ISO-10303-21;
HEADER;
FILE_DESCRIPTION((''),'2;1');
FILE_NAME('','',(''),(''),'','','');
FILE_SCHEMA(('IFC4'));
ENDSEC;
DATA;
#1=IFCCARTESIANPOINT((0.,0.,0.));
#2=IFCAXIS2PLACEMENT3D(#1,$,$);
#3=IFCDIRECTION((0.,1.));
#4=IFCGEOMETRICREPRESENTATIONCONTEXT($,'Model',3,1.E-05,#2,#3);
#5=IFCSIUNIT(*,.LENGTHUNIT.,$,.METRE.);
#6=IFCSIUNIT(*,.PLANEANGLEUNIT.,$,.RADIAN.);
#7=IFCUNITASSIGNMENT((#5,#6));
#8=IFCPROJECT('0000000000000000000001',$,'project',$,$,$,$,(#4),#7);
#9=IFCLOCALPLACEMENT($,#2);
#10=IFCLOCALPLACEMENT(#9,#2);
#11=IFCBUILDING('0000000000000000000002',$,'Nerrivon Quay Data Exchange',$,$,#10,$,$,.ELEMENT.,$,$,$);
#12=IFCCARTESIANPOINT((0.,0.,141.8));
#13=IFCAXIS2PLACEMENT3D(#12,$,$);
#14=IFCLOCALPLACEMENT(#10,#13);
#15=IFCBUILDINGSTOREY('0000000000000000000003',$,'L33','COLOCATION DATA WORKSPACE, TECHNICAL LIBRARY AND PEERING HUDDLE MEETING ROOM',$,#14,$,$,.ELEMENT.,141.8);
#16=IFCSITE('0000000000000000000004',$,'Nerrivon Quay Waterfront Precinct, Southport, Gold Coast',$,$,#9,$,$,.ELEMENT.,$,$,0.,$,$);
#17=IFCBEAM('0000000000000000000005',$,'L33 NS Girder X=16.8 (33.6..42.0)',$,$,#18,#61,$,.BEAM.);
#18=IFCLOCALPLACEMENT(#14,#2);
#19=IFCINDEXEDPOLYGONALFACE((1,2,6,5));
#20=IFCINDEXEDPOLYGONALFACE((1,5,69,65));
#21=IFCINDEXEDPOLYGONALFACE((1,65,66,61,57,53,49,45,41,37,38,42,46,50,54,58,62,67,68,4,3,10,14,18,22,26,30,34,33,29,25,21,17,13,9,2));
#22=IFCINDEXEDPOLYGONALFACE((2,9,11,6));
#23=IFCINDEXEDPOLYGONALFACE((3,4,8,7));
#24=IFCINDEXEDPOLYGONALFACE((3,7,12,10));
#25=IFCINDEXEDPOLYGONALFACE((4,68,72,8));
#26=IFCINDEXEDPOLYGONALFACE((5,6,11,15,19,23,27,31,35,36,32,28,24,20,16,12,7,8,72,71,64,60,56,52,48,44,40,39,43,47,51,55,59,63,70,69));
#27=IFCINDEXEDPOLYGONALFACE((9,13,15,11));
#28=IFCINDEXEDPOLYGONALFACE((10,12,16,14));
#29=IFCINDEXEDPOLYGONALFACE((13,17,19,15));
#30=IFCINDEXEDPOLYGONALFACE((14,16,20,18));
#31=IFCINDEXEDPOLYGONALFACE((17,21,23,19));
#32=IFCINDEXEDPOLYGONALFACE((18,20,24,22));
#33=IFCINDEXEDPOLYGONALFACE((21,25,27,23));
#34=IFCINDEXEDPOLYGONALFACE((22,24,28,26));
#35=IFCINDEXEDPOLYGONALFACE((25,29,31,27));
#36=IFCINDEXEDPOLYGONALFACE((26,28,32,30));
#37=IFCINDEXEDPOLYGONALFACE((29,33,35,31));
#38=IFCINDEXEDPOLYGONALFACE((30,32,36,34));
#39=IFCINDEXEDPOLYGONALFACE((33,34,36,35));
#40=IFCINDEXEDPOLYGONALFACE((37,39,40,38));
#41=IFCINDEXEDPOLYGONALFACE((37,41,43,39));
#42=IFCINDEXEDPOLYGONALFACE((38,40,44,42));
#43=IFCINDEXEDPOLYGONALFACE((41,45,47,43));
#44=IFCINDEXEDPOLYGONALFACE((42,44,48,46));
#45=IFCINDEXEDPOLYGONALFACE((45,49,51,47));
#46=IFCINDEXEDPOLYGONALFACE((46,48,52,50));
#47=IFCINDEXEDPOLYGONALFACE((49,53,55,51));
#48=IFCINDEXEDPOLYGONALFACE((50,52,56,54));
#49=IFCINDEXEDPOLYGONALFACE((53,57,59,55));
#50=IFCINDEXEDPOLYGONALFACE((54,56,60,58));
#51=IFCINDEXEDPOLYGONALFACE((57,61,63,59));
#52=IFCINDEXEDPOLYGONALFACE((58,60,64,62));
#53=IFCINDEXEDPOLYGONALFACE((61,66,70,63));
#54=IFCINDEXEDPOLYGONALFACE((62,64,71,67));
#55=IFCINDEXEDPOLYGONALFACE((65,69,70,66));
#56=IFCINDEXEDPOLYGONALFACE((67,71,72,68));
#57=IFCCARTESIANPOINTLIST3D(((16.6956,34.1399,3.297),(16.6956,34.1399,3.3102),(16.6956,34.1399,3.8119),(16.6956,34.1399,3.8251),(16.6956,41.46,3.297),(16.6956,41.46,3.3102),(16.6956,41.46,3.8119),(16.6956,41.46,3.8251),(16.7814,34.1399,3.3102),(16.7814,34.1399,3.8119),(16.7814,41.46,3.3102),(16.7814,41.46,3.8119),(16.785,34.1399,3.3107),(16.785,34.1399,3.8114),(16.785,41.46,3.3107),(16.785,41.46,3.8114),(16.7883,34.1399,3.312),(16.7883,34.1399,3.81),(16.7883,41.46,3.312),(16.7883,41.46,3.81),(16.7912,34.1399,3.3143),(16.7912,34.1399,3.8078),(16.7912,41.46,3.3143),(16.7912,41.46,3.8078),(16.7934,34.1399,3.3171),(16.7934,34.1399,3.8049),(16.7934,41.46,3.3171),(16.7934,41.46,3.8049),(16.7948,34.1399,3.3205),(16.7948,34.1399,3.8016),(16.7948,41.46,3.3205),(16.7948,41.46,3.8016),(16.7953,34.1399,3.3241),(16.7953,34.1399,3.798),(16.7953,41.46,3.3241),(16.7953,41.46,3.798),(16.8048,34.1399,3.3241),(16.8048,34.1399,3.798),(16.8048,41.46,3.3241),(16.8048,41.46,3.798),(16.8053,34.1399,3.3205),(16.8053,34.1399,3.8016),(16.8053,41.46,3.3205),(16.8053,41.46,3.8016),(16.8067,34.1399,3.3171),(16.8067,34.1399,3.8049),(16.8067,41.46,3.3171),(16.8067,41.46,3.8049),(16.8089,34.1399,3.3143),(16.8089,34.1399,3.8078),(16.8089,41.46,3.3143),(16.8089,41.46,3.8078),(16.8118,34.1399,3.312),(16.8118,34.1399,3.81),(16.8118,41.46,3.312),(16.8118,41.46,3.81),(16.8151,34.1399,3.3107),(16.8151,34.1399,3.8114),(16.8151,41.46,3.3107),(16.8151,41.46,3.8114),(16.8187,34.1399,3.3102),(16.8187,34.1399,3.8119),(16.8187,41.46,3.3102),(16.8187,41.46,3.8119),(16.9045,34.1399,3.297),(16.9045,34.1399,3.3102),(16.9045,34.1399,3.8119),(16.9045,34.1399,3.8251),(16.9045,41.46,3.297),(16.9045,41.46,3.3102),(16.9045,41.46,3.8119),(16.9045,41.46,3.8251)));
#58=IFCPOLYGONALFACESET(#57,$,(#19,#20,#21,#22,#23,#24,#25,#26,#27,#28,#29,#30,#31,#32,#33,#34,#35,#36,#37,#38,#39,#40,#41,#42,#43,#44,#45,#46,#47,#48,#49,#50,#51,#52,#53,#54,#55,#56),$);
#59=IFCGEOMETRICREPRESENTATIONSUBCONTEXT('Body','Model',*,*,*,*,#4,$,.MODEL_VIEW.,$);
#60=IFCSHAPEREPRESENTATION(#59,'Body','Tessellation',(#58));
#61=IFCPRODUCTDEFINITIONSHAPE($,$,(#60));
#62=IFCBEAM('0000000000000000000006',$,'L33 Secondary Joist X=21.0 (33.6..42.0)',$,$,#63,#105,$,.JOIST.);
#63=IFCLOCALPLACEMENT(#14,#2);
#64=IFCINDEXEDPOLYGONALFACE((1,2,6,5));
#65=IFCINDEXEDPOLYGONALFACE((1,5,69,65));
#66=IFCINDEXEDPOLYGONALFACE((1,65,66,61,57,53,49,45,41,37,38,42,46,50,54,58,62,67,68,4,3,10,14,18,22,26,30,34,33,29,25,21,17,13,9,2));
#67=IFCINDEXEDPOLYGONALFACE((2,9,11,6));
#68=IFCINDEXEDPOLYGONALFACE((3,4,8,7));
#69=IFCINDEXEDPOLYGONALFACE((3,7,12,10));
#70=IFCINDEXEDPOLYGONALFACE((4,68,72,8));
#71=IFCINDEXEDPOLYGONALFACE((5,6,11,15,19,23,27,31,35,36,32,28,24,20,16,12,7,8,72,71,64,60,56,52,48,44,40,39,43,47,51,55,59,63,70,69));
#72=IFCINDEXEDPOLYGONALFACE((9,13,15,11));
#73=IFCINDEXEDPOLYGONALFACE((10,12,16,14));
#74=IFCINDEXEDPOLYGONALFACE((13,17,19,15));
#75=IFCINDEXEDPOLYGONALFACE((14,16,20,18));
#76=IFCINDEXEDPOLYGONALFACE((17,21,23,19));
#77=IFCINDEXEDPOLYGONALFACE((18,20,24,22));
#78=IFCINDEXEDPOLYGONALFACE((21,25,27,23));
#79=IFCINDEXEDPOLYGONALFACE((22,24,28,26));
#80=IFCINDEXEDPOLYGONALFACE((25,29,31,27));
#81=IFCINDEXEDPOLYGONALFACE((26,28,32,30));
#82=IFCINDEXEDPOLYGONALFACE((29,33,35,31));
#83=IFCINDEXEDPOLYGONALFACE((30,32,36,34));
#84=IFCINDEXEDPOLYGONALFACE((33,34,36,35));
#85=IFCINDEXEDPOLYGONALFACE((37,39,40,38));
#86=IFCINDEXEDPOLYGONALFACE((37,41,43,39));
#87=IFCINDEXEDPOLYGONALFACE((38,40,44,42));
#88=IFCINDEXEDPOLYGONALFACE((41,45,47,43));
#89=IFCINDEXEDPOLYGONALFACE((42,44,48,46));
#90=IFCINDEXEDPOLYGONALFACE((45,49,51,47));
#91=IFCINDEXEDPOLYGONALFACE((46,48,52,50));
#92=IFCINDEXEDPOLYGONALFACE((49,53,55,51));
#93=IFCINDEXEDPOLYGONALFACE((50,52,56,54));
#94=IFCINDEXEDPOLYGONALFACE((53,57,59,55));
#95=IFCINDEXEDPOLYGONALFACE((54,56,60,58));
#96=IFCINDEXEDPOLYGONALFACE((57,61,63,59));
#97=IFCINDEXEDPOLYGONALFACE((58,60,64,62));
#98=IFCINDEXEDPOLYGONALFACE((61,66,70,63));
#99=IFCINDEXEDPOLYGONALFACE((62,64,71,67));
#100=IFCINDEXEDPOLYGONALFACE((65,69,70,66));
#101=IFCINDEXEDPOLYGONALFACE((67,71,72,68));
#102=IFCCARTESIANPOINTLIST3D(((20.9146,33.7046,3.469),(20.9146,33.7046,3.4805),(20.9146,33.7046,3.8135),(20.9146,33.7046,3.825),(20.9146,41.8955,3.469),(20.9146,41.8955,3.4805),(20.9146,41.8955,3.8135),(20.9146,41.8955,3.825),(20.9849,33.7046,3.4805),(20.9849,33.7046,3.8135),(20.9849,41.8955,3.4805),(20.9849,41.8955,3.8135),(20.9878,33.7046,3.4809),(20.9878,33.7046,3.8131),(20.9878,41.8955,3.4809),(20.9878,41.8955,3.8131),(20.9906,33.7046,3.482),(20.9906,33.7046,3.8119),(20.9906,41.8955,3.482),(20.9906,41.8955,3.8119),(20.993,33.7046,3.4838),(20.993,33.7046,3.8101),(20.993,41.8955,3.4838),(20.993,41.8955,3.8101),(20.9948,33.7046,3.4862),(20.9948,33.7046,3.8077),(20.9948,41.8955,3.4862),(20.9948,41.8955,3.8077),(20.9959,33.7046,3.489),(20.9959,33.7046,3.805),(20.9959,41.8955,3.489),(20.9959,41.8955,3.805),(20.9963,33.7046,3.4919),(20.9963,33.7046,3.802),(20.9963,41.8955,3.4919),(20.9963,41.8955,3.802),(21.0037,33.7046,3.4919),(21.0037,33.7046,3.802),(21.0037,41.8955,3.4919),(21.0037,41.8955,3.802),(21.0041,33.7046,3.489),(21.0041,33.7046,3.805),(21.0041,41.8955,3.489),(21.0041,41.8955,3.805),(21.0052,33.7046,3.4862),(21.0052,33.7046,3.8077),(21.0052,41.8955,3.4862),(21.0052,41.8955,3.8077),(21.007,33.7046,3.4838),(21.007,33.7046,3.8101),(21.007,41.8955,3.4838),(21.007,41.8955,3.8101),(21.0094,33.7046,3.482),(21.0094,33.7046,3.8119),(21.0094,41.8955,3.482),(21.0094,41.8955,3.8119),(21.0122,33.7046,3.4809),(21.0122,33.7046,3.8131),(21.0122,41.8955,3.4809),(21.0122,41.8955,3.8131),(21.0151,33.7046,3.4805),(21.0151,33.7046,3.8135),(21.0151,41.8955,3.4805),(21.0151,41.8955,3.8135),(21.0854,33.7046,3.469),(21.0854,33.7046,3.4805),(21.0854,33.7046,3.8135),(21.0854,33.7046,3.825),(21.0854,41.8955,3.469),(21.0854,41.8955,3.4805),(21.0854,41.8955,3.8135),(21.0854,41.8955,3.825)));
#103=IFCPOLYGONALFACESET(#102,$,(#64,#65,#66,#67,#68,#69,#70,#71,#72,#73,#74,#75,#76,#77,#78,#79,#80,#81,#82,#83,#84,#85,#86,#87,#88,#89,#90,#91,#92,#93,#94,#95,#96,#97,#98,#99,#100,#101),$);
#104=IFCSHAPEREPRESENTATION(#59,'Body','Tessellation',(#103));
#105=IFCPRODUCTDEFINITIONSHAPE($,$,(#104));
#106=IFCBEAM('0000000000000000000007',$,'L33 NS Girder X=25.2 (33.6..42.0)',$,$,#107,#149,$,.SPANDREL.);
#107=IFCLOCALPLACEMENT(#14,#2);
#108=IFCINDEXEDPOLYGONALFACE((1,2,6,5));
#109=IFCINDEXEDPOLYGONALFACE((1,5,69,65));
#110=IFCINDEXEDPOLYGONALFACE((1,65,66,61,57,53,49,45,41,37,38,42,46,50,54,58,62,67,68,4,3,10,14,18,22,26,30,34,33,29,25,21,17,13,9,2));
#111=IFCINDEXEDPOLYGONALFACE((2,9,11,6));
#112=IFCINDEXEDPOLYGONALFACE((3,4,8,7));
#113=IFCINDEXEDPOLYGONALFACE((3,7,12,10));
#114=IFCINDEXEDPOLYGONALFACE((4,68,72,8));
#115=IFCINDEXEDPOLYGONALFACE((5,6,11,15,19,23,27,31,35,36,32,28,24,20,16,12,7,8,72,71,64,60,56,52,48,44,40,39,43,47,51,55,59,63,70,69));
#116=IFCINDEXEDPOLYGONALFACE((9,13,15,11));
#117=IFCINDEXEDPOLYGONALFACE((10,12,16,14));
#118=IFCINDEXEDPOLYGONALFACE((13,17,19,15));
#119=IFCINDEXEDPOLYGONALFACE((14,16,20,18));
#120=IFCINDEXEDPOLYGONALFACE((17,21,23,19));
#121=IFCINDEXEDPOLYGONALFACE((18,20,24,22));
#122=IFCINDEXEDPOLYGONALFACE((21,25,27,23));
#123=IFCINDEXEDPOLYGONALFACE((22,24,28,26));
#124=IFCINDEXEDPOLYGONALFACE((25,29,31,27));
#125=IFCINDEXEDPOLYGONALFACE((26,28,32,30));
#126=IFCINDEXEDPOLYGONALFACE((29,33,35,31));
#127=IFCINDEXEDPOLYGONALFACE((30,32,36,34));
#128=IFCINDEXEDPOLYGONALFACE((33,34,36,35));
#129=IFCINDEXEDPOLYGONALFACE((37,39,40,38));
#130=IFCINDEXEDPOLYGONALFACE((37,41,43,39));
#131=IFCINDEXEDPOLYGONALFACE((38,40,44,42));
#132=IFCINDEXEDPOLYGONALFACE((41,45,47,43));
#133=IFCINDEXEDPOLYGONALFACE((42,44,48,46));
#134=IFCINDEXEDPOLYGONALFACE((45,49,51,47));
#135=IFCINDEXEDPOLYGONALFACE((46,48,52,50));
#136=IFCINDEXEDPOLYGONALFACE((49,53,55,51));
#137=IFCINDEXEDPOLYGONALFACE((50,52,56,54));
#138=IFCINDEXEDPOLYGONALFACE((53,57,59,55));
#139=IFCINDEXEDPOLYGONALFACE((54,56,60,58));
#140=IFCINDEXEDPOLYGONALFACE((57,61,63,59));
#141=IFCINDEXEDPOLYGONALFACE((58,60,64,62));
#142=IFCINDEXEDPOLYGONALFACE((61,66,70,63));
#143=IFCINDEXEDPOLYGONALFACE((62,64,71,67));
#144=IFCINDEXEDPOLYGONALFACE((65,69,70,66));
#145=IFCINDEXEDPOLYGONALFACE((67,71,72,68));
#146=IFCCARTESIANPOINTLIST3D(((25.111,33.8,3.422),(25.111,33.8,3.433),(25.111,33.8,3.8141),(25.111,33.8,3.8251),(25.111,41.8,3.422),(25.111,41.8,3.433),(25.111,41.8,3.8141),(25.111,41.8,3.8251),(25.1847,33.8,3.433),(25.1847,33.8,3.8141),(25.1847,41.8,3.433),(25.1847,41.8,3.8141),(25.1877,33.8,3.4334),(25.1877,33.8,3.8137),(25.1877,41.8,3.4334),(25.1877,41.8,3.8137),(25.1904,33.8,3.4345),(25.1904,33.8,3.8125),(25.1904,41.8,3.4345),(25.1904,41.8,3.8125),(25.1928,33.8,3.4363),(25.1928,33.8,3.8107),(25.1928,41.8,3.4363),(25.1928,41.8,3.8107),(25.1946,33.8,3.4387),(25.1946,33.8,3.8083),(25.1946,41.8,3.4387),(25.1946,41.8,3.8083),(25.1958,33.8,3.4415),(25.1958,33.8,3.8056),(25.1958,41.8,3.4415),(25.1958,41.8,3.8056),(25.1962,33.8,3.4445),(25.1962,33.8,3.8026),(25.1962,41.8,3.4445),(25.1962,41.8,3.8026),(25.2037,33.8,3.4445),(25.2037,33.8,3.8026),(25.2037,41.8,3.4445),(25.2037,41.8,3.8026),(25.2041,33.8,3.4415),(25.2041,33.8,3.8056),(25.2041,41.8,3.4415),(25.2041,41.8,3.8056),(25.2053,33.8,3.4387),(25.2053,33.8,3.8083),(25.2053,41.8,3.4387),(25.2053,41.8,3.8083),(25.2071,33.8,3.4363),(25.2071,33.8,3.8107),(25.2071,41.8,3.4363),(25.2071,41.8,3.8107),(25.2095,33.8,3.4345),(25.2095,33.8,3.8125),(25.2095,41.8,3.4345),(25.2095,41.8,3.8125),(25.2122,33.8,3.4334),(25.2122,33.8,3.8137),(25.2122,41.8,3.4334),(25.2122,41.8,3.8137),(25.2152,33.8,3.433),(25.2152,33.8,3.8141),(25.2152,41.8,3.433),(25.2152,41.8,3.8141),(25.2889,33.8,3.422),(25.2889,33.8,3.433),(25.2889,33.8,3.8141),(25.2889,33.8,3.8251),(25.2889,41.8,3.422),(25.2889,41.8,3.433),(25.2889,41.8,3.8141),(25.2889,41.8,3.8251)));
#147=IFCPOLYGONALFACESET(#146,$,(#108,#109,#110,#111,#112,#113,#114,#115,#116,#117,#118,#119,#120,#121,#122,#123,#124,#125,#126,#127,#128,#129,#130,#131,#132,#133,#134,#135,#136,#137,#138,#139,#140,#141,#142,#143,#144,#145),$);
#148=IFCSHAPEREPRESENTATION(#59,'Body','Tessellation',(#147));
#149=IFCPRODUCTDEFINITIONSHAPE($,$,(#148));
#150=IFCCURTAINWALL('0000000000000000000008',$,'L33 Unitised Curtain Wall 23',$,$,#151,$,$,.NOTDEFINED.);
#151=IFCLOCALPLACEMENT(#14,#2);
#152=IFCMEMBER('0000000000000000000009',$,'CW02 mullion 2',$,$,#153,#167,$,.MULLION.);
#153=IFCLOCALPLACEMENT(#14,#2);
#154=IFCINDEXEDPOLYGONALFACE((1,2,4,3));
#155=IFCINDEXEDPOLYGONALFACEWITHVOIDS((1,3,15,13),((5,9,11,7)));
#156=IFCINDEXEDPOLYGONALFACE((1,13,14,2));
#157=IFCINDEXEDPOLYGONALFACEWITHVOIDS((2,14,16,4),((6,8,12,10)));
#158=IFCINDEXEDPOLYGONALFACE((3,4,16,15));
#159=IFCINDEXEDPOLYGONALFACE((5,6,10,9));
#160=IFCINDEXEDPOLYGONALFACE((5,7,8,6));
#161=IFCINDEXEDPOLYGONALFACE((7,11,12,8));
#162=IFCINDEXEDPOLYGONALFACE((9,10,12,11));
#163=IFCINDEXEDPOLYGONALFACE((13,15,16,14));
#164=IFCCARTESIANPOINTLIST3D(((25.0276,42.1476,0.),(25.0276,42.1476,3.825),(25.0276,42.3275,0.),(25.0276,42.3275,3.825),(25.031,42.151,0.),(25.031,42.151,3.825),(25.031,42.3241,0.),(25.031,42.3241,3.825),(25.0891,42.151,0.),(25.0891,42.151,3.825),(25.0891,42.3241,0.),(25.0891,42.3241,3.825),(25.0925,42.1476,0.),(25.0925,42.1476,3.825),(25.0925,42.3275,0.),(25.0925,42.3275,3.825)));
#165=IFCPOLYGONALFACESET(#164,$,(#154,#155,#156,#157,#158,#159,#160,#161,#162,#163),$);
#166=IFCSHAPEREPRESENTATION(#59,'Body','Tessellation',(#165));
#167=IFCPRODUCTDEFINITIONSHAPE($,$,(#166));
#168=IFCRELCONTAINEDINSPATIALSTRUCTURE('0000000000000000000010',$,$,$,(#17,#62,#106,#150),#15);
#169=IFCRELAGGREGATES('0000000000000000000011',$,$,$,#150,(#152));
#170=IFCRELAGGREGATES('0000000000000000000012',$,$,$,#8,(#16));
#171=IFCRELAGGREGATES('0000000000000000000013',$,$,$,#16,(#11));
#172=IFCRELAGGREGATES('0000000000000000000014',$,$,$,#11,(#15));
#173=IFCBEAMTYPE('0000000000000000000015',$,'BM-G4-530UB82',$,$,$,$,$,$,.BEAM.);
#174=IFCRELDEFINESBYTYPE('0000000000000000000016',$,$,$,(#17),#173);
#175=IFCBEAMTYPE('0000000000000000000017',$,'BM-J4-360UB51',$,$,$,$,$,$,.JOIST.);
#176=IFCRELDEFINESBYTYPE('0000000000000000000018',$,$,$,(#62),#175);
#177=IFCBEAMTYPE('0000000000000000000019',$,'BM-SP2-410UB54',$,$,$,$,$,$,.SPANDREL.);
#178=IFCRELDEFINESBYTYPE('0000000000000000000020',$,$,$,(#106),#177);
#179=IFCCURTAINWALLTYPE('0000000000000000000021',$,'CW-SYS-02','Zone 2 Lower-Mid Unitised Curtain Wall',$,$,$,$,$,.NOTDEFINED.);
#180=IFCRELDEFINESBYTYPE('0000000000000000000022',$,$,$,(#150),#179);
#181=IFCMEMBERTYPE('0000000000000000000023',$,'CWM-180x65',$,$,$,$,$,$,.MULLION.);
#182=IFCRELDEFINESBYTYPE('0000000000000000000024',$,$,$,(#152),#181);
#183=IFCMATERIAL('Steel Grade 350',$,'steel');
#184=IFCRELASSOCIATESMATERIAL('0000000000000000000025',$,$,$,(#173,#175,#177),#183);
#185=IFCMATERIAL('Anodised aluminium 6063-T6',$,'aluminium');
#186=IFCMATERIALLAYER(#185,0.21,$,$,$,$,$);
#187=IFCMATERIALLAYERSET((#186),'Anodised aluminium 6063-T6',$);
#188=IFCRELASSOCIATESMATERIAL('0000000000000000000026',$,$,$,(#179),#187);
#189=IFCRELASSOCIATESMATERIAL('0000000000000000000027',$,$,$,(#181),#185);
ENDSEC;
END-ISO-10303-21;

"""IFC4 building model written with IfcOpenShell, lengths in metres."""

from ifc_helpers import new_model, si_unit, direction, frame, origin, origin_2d, place, context, subcontext, project, spatial, hollow_rectangle, i_section, extrude, material, layer, layer_set, material_profile, profile_set, type_object, element, aggregate, save


model = new_model("IFC4")

# Units and contexts
model_context = context("Model", 3, precision=1e-05, world=origin(), true_north=direction((0.0, 1.0)))
body_context = subcontext(model_context, "Body", "Model", "MODEL_VIEW")
ifc_project = project(units=[si_unit("LENGTHUNIT", "METRE"), si_unit("PLANEANGLEUNIT", "RADIAN")], contexts=[model_context])

# Site, building, storey
site_placement = place(None, origin())
site = spatial("IfcSite", under=ifc_project, at=site_placement, Name="Nerrivon Quay Waterfront Precinct, Southport, Gold Coast", CompositionType="ELEMENT", RefElevation=0.0)
building_placement = place(site_placement, origin())
building = spatial("IfcBuilding", under=site, at=building_placement, Name="Nerrivon Quay Data Exchange", CompositionType="ELEMENT")
storey_placement = place(building_placement, frame((0.0, 0.0, 141.8)))
storey = spatial("IfcBuildingStorey", under=building, at=storey_placement, Name="L33", Description="COLOCATION DATA WORKSPACE, TECHNICAL LIBRARY AND PEERING HUDDLE MEETING ROOM", CompositionType="ELEMENT", Elevation=141.8)

# Shared definitions
ifc_material_1 = material(Name="Steel Grade 350", Category="steel")

# Beams
ifc_material_profile_1 = material_profile(ifc_material_1, i_section(OverallWidth=0.209, OverallDepth=0.5281, WebThickness=0.0095, FlangeThickness=0.0132, FilletRadius=0.0139, at=origin_2d()), Name="530UB82.0")
ifc_profile_set_1 = profile_set([ifc_material_profile_1], Name="Steel Grade 350")
beam_type_1 = type_object("IfcBeamType", Name="BM-G4-530UB82", PredefinedType="BEAM", material=ifc_profile_set_1)
beam_1_placement = place(storey_placement, frame((16.8, 34.1399, 3.561), z_axis=(0.0, 1.0, 0.0), x_axis=(-1.0, 0.0, 0.0)))
element("IfcBeam", 1, at=beam_1_placement, inside=storey, type_object=beam_type_1, Name="L33 NS Girder X=16.8 (33.6..42.0)", PredefinedType="BEAM", context=body_context, shape_type="SweptSolid", body=[
    extrude(i_section(OverallWidth=0.209, OverallDepth=0.5281, WebThickness=0.0095, FlangeThickness=0.0132, FilletRadius=0.0139, at=origin_2d()), origin(), (0.0, 0.0, 1.0), 7.3201),
])
ifc_material_profile_2 = material_profile(ifc_material_1, i_section(OverallWidth=0.1709, OverallDepth=0.356, WebThickness=0.0073, FlangeThickness=0.0115, FilletRadius=0.0115, at=origin_2d()), Name="360UB50.7")
ifc_profile_set_2 = profile_set([ifc_material_profile_2], Name="Steel Grade 350")
beam_type_2 = type_object("IfcBeamType", Name="BM-J4-360UB51", PredefinedType="JOIST", material=ifc_profile_set_2)
beam_2_placement = place(storey_placement, frame((21.0, 33.7046, 3.647), z_axis=(0.0, 1.0, 0.0), x_axis=(-1.0, 0.0, 0.0)))
element("IfcBeam", 2, at=beam_2_placement, inside=storey, type_object=beam_type_2, Name="L33 Secondary Joist X=21.0 (33.6..42.0)", PredefinedType="JOIST", context=body_context, shape_type="SweptSolid", body=[
    extrude(i_section(OverallWidth=0.1709, OverallDepth=0.356, WebThickness=0.0073, FlangeThickness=0.0115, FilletRadius=0.0115, at=origin_2d()), origin(), (0.0, 0.0, 1.0), 8.1909),
])
ifc_material_profile_3 = material_profile(ifc_material_1, i_section(OverallWidth=0.178, OverallDepth=0.4031, WebThickness=0.0076, FlangeThickness=0.011, FilletRadius=0.0115, at=origin_2d()), Name="410UB53.7")
ifc_profile_set_3 = profile_set([ifc_material_profile_3], Name="Steel Grade 350")
beam_type_3 = type_object("IfcBeamType", Name="BM-SP2-410UB54", PredefinedType="SPANDREL", material=ifc_profile_set_3)
beam_3_placement = place(storey_placement, frame((25.2, 33.8, 3.6235), z_axis=(0.0, 1.0, 0.0), x_axis=(-1.0, 0.0, 0.0)))
element("IfcBeam", 3, at=beam_3_placement, inside=storey, type_object=beam_type_3, Name="L33 NS Girder X=25.2 (33.6..42.0)", PredefinedType="SPANDREL", context=body_context, shape_type="SweptSolid", body=[
    extrude(i_section(OverallWidth=0.178, OverallDepth=0.4031, WebThickness=0.0076, FlangeThickness=0.011, FilletRadius=0.0115, at=origin_2d()), origin(), (0.0, 0.0, 1.0), 8.0),
])

# Curtain wall, member
ifc_material_2 = material(Name="Anodised aluminium 6063-T6", Category="aluminium")
ifc_layer_1 = layer(ifc_material_2, 0.21)
ifc_layer_set_1 = layer_set([ifc_layer_1], Name="Anodised aluminium 6063-T6")
curtain_wall_type = type_object("IfcCurtainWallType", Name="CW-SYS-02", Description="Zone 2 Lower-Mid Unitised Curtain Wall", PredefinedType="NOTDEFINED", material=ifc_layer_set_1)
curtain_wall_placement = place(storey_placement, origin())
curtain_wall = element("IfcCurtainWall", 4, at=curtain_wall_placement, inside=storey, type_object=curtain_wall_type, Name="L33 Unitised Curtain Wall 23", PredefinedType="NOTDEFINED")
ifc_material_profile_4 = material_profile(ifc_material_2, hollow_rectangle(XDim=0.0649, YDim=0.1799, WallThickness=0.0034, at=origin_2d()), Name="ALU-MULL-180x65")
ifc_profile_set_4 = profile_set([ifc_material_profile_4], Name="Anodised aluminium 6063-T6")
member_type = type_object("IfcMemberType", Name="CWM-180x65", PredefinedType="MULLION", material=ifc_profile_set_4)
member_placement = place(storey_placement, frame((25.0601, 42.2375, 0.0), z_axis=(0.0, 0.0, 1.0), x_axis=(1.0, 0.0, 0.0)))
member = element("IfcMember", 5, at=member_placement, type_object=member_type, Name="CW02 mullion 2", PredefinedType="MULLION", context=body_context, shape_type="SweptSolid", body=[
    extrude(hollow_rectangle(XDim=0.0649, YDim=0.1799, WallThickness=0.0034, at=origin_2d()), origin(), (0.0, 0.0, 1.0), 3.825),
])
aggregate(curtain_wall, [member])

save(model, "model.ifc")
